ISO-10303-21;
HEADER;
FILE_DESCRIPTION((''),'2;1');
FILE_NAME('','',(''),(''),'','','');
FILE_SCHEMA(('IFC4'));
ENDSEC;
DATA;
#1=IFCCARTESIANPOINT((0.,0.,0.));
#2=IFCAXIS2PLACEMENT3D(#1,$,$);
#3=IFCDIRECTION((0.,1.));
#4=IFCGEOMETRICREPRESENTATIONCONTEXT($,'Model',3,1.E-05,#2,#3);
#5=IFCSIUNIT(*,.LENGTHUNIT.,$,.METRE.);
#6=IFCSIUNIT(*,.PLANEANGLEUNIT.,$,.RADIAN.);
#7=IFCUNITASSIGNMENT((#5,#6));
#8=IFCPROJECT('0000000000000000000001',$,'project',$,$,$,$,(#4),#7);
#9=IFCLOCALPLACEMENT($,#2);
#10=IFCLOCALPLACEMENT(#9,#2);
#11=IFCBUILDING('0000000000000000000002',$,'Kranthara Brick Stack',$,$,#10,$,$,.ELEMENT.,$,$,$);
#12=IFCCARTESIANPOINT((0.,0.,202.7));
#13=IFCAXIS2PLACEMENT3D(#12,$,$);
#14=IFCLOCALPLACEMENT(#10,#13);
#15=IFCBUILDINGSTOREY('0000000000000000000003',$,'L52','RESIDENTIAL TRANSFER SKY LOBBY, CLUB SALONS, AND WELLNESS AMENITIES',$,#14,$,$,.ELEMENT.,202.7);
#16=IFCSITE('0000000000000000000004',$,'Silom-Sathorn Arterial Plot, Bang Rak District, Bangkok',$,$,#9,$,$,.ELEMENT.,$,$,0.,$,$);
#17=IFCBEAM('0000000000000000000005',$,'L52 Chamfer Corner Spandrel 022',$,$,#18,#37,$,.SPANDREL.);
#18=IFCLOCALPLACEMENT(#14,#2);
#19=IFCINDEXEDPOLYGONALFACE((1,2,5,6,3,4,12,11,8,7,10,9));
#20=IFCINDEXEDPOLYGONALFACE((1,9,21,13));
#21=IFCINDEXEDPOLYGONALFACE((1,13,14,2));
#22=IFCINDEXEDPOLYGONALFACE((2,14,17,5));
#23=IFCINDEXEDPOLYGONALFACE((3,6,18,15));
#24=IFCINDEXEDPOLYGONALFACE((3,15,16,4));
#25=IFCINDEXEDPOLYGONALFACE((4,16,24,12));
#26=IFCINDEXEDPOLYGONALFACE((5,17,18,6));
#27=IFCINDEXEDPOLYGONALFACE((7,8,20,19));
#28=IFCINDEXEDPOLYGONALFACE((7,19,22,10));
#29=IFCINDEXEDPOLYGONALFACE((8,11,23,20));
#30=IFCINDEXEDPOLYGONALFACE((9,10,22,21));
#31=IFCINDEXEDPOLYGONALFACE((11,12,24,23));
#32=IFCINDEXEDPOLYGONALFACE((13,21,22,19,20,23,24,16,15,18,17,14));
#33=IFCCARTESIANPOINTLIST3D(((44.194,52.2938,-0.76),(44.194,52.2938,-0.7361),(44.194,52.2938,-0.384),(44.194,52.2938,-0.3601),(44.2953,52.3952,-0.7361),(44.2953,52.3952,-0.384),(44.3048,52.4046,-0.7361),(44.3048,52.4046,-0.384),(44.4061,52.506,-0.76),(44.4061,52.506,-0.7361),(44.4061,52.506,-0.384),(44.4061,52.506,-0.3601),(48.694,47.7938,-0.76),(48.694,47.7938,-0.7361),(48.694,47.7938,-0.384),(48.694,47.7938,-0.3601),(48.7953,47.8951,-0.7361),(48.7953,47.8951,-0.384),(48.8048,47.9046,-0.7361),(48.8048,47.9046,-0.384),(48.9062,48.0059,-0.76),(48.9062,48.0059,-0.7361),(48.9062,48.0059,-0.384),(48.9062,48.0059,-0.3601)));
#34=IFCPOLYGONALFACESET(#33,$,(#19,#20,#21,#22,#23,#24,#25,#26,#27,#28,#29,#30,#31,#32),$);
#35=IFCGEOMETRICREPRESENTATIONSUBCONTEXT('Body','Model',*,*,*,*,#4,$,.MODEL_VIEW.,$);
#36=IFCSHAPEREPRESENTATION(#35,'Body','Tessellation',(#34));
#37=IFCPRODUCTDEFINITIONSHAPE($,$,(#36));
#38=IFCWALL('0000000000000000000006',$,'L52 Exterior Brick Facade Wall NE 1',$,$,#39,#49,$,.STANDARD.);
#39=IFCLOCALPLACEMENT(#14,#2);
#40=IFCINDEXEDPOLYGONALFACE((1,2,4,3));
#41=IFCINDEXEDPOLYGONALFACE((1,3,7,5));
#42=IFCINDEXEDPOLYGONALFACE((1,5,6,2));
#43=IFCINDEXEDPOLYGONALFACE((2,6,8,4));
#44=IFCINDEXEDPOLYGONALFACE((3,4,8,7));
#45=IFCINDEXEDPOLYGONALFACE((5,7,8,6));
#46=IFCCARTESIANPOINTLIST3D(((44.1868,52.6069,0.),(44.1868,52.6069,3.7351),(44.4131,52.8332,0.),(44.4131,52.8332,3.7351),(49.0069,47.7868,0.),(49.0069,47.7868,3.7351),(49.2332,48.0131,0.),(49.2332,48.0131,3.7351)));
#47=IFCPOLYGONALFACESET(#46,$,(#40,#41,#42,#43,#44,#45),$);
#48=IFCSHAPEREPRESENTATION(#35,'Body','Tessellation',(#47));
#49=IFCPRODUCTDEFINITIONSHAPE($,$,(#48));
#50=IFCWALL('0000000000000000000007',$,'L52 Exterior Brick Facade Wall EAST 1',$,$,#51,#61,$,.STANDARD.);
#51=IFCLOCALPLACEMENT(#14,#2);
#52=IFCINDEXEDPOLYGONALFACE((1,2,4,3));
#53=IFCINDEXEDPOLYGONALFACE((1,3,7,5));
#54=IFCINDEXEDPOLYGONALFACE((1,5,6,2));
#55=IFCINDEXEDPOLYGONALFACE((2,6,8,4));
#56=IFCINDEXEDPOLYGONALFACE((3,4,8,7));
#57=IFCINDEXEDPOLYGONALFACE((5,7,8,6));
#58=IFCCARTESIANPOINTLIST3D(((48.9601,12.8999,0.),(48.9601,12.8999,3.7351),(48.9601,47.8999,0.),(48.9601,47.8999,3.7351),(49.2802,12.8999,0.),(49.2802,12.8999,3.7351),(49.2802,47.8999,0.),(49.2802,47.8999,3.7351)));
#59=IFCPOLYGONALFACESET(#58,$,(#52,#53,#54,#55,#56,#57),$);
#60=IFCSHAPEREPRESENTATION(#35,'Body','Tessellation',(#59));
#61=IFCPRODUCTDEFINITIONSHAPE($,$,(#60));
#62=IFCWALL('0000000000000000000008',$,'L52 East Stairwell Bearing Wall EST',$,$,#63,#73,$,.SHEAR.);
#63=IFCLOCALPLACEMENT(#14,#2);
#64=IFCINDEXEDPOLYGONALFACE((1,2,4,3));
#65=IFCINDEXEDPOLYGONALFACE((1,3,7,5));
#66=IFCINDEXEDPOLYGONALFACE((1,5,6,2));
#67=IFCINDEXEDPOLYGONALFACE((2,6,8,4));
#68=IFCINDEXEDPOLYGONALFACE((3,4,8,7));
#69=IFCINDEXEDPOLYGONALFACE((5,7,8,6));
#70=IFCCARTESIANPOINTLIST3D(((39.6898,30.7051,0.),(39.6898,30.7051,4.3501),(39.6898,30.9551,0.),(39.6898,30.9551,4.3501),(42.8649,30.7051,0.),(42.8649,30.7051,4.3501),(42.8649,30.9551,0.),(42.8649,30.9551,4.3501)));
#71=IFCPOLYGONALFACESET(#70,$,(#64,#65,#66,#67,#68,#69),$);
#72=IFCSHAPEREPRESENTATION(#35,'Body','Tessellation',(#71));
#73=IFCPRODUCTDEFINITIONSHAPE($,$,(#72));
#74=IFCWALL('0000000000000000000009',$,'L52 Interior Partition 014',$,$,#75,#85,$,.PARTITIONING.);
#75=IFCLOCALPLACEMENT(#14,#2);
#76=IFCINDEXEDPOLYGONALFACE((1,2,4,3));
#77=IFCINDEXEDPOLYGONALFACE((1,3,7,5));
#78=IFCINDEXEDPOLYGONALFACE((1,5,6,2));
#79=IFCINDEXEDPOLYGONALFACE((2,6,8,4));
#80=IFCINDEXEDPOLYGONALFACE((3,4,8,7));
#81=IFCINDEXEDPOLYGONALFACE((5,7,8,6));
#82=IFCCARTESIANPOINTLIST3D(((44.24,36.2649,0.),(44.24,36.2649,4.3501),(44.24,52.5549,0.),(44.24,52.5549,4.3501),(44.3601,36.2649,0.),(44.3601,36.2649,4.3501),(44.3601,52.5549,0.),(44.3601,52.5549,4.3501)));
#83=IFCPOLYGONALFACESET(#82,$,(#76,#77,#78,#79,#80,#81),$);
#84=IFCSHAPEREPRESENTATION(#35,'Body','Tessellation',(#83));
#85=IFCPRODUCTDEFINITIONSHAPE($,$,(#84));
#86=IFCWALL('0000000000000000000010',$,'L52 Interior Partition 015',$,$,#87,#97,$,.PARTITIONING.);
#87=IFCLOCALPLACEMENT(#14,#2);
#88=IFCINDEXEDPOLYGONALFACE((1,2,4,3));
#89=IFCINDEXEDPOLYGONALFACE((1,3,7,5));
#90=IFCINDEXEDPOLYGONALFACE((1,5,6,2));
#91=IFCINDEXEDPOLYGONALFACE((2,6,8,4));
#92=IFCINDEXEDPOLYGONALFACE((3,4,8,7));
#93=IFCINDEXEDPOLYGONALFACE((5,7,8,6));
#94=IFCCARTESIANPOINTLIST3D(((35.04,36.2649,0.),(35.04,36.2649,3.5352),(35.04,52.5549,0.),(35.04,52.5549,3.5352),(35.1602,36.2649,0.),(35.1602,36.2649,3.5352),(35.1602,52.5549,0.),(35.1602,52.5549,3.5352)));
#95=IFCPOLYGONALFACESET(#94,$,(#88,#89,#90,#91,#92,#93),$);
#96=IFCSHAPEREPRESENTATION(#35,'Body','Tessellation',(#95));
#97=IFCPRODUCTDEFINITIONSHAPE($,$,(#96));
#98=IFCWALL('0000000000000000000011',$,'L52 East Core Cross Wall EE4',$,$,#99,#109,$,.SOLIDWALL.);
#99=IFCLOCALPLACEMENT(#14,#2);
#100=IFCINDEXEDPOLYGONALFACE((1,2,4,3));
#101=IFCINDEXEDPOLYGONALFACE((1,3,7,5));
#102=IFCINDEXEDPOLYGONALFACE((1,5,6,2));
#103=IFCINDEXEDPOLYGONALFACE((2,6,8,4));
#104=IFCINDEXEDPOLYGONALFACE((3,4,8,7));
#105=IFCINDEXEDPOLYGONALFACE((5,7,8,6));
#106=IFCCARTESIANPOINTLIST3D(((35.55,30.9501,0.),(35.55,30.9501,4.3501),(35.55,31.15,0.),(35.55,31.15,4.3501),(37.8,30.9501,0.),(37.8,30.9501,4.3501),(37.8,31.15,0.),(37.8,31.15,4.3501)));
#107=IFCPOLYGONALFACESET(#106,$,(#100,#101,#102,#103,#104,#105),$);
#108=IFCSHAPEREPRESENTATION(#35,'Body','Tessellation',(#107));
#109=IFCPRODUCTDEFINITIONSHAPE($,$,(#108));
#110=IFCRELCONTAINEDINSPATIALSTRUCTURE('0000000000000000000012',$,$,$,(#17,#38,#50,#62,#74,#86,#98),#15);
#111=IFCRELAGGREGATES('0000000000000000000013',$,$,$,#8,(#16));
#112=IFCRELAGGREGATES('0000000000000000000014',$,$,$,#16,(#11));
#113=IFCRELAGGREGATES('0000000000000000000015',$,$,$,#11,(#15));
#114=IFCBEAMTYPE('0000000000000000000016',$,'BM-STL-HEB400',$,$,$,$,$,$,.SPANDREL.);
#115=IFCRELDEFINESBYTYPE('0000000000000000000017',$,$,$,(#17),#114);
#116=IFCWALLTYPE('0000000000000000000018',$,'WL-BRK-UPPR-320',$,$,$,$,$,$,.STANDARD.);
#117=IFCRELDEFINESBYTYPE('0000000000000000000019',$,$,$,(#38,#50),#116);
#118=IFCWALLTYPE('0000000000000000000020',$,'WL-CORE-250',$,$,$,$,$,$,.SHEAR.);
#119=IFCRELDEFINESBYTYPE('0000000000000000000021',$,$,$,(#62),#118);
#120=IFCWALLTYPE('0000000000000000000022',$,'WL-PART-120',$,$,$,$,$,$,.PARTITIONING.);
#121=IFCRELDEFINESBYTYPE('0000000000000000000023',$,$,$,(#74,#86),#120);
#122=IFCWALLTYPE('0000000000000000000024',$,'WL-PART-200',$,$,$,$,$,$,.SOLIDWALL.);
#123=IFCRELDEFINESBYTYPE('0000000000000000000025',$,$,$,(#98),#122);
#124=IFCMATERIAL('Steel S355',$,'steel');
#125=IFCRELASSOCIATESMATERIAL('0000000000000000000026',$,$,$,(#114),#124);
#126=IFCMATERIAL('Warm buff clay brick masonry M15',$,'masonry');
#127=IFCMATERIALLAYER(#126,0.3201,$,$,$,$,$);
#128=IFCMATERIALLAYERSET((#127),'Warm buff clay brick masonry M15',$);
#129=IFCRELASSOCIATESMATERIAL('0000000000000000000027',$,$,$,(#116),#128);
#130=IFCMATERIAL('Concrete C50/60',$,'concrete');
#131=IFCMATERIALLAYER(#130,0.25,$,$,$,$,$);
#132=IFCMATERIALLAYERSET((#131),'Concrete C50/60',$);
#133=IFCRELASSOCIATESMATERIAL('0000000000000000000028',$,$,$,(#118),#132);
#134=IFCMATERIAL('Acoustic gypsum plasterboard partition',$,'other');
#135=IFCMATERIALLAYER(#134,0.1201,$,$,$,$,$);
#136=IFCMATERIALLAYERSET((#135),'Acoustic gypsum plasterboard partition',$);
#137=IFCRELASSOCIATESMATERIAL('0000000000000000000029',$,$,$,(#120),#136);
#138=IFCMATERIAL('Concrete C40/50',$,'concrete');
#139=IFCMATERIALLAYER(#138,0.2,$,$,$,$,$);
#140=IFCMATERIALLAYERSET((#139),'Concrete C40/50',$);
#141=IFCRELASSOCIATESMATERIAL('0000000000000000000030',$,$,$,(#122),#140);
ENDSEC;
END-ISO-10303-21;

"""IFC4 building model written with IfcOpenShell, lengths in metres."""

from ifc_helpers import new_model, si_unit, direction, frame, frame_2d, origin, origin_2d, place, context, subcontext, project, spatial, rectangle, i_section, extrude, material, layer, layer_set, material_profile, profile_set, type_object, element, save


model = new_model("IFC4")

# Units and contexts
model_context = context("Model", 3, precision=1e-05, world=origin(), true_north=direction((0.0, 1.0)))
body_context = subcontext(model_context, "Body", "Model", "MODEL_VIEW")
ifc_project = project(units=[si_unit("LENGTHUNIT", "METRE"), si_unit("PLANEANGLEUNIT", "RADIAN")], contexts=[model_context])

# Site, building, storey
site_placement = place(None, origin())
site = spatial("IfcSite", under=ifc_project, at=site_placement, Name="Silom-Sathorn Arterial Plot, Bang Rak District, Bangkok", CompositionType="ELEMENT", RefElevation=0.0)
building_placement = place(site_placement, origin())
building = spatial("IfcBuilding", under=site, at=building_placement, Name="Kranthara Brick Stack", CompositionType="ELEMENT")
storey_placement = place(building_placement, frame((0.0, 0.0, 202.7)))
storey = spatial("IfcBuildingStorey", under=building, at=storey_placement, Name="L52", Description="RESIDENTIAL TRANSFER SKY LOBBY, CLUB SALONS, AND WELLNESS AMENITIES", CompositionType="ELEMENT", Elevation=202.7)

# Beam
ifc_material_1 = material(Name="Steel S355", Category="steel")
ifc_material_profile_1 = material_profile(ifc_material_1, i_section(OverallWidth=0.3, OverallDepth=0.3999, WebThickness=0.0134, FlangeThickness=0.0239, at=origin_2d()), Name="HEB 400")
ifc_profile_set_1 = profile_set([ifc_material_profile_1], Name="Steel S355")
beam_type_1 = type_object("IfcBeamType", Name="BM-STL-HEB400", PredefinedType="SPANDREL", material=ifc_profile_set_1)
beam_1_placement = place(storey_placement, frame((44.3, 52.3999, -0.5601), z_axis=(0.707107, -0.707107, 0.0), x_axis=(0.707107, 0.707107, 0.0)))
element("IfcBeam", 1, at=beam_1_placement, inside=storey, type_object=beam_type_1, Name="L52 Chamfer Corner Spandrel 022", PredefinedType="SPANDREL", context=body_context, shape_type="SweptSolid", body=[
    extrude(i_section(OverallWidth=0.3, OverallDepth=0.3999, WebThickness=0.0134, FlangeThickness=0.0239, at=origin_2d()), origin(), (0.0, 0.0, 1.0), 6.364),
])

# Walls
ifc_material_2 = material(Name="Warm buff clay brick masonry M15", Category="masonry")
ifc_layer_1 = layer(ifc_material_2, 0.3201)
ifc_layer_set_1 = layer_set([ifc_layer_1], Name="Warm buff clay brick masonry M15")
wall_type_1 = type_object("IfcWallType", Name="WL-BRK-UPPR-320", PredefinedType="STANDARD", material=ifc_layer_set_1)
wall_1_placement = place(storey_placement, frame((44.3, 52.72, 0.0), z_axis=(0.0, 0.0, 1.0), x_axis=(0.707107, -0.707107, 0.0)))
element("IfcWall", 2, at=wall_1_placement, inside=storey, type_object=wall_type_1, Name="L52 Exterior Brick Facade Wall NE 1", PredefinedType="STANDARD", context=body_context, shape_type="SweptSolid", body=[
    extrude(rectangle(XDim=6.8167, YDim=0.3201, at=frame_2d((3.4082, 0.0))), origin(), (0.0, 0.0, 1.0), 3.7351),
])
wall_2_placement = place(storey_placement, frame((49.1201, 47.8999, 0.0), z_axis=(0.0, 0.0, 1.0), x_axis=(0.0, -1.0, 0.0)))
element("IfcWall", 3, at=wall_2_placement, inside=storey, type_object=wall_type_1, Name="L52 Exterior Brick Facade Wall EAST 1", PredefinedType="STANDARD", context=body_context, shape_type="SweptSolid", body=[
    extrude(rectangle(XDim=35.0, YDim=0.3201, at=frame_2d((17.5, 0.0))), origin(), (0.0, 0.0, 1.0), 3.7351),
])
ifc_material_3 = material(Name="Concrete C50/60", Category="concrete")
ifc_layer_2 = layer(ifc_material_3, 0.25)
ifc_layer_set_2 = layer_set([ifc_layer_2], Name="Concrete C50/60")
wall_type_2 = type_object("IfcWallType", Name="WL-CORE-250", PredefinedType="SHEAR", material=ifc_layer_set_2)
wall_3_placement = place(storey_placement, frame((39.6899, 30.8301, 0.0), z_axis=(0.0, 0.0, 1.0), x_axis=(1.0, 0.0, 0.0)))
element("IfcWall", 4, at=wall_3_placement, inside=storey, type_object=wall_type_2, Name="L52 East Stairwell Bearing Wall EST", PredefinedType="SHEAR", context=body_context, shape_type="SweptSolid", body=[
    extrude(rectangle(XDim=3.175, YDim=0.25, at=frame_2d((1.5874, 0.0))), origin(), (0.0, 0.0, 1.0), 4.3501),
])

# Walls
ifc_material_4 = material(Name="Acoustic gypsum plasterboard partition", Category="other")
ifc_layer_3 = layer(ifc_material_4, 0.1201)
ifc_layer_set_3 = layer_set([ifc_layer_3], Name="Acoustic gypsum plasterboard partition")
wall_type_3 = type_object("IfcWallType", Name="WL-PART-120", PredefinedType="PARTITIONING", material=ifc_layer_set_3)
wall_4_placement = place(storey_placement, frame((44.3, 36.2649, 0.0), z_axis=(0.0, 0.0, 1.0), x_axis=(0.0, 1.0, 0.0)))
element("IfcWall", 5, at=wall_4_placement, inside=storey, type_object=wall_type_3, Name="L52 Interior Partition 014", PredefinedType="PARTITIONING", context=body_context, shape_type="SweptSolid", body=[
    extrude(rectangle(XDim=16.29, YDim=0.1201, at=frame_2d((8.145, 0.0))), origin(), (0.0, 0.0, 1.0), 4.3501),
])
wall_5_placement = place(storey_placement, frame((35.1001, 36.2649, 0.0), z_axis=(0.0, 0.0, 1.0), x_axis=(0.0, 1.0, 0.0)))
element("IfcWall", 6, at=wall_5_placement, inside=storey, type_object=wall_type_3, Name="L52 Interior Partition 015", PredefinedType="PARTITIONING", context=body_context, shape_type="SweptSolid", body=[
    extrude(rectangle(XDim=16.29, YDim=0.1201, at=frame_2d((8.145, 0.0))), origin(), (0.0, 0.0, 1.0), 3.5352),
])
ifc_material_5 = material(Name="Concrete C40/50", Category="concrete")
ifc_layer_4 = layer(ifc_material_5, 0.2)
ifc_layer_set_4 = layer_set([ifc_layer_4], Name="Concrete C40/50")
wall_type_4 = type_object("IfcWallType", Name="WL-PART-200", PredefinedType="SOLIDWALL", material=ifc_layer_set_4)
wall_6_placement = place(storey_placement, frame((35.55, 31.05, 0.0), z_axis=(0.0, 0.0, 1.0), x_axis=(1.0, 0.0, 0.0)))
element("IfcWall", 7, at=wall_6_placement, inside=storey, type_object=wall_type_4, Name="L52 East Core Cross Wall EE4", PredefinedType="SOLIDWALL", context=body_context, shape_type="SweptSolid", body=[
    extrude(rectangle(XDim=2.25, YDim=0.2, at=frame_2d((1.125, 0.0))), origin(), (0.0, 0.0, 1.0), 4.3501),
])

save(model, "model.ifc")
